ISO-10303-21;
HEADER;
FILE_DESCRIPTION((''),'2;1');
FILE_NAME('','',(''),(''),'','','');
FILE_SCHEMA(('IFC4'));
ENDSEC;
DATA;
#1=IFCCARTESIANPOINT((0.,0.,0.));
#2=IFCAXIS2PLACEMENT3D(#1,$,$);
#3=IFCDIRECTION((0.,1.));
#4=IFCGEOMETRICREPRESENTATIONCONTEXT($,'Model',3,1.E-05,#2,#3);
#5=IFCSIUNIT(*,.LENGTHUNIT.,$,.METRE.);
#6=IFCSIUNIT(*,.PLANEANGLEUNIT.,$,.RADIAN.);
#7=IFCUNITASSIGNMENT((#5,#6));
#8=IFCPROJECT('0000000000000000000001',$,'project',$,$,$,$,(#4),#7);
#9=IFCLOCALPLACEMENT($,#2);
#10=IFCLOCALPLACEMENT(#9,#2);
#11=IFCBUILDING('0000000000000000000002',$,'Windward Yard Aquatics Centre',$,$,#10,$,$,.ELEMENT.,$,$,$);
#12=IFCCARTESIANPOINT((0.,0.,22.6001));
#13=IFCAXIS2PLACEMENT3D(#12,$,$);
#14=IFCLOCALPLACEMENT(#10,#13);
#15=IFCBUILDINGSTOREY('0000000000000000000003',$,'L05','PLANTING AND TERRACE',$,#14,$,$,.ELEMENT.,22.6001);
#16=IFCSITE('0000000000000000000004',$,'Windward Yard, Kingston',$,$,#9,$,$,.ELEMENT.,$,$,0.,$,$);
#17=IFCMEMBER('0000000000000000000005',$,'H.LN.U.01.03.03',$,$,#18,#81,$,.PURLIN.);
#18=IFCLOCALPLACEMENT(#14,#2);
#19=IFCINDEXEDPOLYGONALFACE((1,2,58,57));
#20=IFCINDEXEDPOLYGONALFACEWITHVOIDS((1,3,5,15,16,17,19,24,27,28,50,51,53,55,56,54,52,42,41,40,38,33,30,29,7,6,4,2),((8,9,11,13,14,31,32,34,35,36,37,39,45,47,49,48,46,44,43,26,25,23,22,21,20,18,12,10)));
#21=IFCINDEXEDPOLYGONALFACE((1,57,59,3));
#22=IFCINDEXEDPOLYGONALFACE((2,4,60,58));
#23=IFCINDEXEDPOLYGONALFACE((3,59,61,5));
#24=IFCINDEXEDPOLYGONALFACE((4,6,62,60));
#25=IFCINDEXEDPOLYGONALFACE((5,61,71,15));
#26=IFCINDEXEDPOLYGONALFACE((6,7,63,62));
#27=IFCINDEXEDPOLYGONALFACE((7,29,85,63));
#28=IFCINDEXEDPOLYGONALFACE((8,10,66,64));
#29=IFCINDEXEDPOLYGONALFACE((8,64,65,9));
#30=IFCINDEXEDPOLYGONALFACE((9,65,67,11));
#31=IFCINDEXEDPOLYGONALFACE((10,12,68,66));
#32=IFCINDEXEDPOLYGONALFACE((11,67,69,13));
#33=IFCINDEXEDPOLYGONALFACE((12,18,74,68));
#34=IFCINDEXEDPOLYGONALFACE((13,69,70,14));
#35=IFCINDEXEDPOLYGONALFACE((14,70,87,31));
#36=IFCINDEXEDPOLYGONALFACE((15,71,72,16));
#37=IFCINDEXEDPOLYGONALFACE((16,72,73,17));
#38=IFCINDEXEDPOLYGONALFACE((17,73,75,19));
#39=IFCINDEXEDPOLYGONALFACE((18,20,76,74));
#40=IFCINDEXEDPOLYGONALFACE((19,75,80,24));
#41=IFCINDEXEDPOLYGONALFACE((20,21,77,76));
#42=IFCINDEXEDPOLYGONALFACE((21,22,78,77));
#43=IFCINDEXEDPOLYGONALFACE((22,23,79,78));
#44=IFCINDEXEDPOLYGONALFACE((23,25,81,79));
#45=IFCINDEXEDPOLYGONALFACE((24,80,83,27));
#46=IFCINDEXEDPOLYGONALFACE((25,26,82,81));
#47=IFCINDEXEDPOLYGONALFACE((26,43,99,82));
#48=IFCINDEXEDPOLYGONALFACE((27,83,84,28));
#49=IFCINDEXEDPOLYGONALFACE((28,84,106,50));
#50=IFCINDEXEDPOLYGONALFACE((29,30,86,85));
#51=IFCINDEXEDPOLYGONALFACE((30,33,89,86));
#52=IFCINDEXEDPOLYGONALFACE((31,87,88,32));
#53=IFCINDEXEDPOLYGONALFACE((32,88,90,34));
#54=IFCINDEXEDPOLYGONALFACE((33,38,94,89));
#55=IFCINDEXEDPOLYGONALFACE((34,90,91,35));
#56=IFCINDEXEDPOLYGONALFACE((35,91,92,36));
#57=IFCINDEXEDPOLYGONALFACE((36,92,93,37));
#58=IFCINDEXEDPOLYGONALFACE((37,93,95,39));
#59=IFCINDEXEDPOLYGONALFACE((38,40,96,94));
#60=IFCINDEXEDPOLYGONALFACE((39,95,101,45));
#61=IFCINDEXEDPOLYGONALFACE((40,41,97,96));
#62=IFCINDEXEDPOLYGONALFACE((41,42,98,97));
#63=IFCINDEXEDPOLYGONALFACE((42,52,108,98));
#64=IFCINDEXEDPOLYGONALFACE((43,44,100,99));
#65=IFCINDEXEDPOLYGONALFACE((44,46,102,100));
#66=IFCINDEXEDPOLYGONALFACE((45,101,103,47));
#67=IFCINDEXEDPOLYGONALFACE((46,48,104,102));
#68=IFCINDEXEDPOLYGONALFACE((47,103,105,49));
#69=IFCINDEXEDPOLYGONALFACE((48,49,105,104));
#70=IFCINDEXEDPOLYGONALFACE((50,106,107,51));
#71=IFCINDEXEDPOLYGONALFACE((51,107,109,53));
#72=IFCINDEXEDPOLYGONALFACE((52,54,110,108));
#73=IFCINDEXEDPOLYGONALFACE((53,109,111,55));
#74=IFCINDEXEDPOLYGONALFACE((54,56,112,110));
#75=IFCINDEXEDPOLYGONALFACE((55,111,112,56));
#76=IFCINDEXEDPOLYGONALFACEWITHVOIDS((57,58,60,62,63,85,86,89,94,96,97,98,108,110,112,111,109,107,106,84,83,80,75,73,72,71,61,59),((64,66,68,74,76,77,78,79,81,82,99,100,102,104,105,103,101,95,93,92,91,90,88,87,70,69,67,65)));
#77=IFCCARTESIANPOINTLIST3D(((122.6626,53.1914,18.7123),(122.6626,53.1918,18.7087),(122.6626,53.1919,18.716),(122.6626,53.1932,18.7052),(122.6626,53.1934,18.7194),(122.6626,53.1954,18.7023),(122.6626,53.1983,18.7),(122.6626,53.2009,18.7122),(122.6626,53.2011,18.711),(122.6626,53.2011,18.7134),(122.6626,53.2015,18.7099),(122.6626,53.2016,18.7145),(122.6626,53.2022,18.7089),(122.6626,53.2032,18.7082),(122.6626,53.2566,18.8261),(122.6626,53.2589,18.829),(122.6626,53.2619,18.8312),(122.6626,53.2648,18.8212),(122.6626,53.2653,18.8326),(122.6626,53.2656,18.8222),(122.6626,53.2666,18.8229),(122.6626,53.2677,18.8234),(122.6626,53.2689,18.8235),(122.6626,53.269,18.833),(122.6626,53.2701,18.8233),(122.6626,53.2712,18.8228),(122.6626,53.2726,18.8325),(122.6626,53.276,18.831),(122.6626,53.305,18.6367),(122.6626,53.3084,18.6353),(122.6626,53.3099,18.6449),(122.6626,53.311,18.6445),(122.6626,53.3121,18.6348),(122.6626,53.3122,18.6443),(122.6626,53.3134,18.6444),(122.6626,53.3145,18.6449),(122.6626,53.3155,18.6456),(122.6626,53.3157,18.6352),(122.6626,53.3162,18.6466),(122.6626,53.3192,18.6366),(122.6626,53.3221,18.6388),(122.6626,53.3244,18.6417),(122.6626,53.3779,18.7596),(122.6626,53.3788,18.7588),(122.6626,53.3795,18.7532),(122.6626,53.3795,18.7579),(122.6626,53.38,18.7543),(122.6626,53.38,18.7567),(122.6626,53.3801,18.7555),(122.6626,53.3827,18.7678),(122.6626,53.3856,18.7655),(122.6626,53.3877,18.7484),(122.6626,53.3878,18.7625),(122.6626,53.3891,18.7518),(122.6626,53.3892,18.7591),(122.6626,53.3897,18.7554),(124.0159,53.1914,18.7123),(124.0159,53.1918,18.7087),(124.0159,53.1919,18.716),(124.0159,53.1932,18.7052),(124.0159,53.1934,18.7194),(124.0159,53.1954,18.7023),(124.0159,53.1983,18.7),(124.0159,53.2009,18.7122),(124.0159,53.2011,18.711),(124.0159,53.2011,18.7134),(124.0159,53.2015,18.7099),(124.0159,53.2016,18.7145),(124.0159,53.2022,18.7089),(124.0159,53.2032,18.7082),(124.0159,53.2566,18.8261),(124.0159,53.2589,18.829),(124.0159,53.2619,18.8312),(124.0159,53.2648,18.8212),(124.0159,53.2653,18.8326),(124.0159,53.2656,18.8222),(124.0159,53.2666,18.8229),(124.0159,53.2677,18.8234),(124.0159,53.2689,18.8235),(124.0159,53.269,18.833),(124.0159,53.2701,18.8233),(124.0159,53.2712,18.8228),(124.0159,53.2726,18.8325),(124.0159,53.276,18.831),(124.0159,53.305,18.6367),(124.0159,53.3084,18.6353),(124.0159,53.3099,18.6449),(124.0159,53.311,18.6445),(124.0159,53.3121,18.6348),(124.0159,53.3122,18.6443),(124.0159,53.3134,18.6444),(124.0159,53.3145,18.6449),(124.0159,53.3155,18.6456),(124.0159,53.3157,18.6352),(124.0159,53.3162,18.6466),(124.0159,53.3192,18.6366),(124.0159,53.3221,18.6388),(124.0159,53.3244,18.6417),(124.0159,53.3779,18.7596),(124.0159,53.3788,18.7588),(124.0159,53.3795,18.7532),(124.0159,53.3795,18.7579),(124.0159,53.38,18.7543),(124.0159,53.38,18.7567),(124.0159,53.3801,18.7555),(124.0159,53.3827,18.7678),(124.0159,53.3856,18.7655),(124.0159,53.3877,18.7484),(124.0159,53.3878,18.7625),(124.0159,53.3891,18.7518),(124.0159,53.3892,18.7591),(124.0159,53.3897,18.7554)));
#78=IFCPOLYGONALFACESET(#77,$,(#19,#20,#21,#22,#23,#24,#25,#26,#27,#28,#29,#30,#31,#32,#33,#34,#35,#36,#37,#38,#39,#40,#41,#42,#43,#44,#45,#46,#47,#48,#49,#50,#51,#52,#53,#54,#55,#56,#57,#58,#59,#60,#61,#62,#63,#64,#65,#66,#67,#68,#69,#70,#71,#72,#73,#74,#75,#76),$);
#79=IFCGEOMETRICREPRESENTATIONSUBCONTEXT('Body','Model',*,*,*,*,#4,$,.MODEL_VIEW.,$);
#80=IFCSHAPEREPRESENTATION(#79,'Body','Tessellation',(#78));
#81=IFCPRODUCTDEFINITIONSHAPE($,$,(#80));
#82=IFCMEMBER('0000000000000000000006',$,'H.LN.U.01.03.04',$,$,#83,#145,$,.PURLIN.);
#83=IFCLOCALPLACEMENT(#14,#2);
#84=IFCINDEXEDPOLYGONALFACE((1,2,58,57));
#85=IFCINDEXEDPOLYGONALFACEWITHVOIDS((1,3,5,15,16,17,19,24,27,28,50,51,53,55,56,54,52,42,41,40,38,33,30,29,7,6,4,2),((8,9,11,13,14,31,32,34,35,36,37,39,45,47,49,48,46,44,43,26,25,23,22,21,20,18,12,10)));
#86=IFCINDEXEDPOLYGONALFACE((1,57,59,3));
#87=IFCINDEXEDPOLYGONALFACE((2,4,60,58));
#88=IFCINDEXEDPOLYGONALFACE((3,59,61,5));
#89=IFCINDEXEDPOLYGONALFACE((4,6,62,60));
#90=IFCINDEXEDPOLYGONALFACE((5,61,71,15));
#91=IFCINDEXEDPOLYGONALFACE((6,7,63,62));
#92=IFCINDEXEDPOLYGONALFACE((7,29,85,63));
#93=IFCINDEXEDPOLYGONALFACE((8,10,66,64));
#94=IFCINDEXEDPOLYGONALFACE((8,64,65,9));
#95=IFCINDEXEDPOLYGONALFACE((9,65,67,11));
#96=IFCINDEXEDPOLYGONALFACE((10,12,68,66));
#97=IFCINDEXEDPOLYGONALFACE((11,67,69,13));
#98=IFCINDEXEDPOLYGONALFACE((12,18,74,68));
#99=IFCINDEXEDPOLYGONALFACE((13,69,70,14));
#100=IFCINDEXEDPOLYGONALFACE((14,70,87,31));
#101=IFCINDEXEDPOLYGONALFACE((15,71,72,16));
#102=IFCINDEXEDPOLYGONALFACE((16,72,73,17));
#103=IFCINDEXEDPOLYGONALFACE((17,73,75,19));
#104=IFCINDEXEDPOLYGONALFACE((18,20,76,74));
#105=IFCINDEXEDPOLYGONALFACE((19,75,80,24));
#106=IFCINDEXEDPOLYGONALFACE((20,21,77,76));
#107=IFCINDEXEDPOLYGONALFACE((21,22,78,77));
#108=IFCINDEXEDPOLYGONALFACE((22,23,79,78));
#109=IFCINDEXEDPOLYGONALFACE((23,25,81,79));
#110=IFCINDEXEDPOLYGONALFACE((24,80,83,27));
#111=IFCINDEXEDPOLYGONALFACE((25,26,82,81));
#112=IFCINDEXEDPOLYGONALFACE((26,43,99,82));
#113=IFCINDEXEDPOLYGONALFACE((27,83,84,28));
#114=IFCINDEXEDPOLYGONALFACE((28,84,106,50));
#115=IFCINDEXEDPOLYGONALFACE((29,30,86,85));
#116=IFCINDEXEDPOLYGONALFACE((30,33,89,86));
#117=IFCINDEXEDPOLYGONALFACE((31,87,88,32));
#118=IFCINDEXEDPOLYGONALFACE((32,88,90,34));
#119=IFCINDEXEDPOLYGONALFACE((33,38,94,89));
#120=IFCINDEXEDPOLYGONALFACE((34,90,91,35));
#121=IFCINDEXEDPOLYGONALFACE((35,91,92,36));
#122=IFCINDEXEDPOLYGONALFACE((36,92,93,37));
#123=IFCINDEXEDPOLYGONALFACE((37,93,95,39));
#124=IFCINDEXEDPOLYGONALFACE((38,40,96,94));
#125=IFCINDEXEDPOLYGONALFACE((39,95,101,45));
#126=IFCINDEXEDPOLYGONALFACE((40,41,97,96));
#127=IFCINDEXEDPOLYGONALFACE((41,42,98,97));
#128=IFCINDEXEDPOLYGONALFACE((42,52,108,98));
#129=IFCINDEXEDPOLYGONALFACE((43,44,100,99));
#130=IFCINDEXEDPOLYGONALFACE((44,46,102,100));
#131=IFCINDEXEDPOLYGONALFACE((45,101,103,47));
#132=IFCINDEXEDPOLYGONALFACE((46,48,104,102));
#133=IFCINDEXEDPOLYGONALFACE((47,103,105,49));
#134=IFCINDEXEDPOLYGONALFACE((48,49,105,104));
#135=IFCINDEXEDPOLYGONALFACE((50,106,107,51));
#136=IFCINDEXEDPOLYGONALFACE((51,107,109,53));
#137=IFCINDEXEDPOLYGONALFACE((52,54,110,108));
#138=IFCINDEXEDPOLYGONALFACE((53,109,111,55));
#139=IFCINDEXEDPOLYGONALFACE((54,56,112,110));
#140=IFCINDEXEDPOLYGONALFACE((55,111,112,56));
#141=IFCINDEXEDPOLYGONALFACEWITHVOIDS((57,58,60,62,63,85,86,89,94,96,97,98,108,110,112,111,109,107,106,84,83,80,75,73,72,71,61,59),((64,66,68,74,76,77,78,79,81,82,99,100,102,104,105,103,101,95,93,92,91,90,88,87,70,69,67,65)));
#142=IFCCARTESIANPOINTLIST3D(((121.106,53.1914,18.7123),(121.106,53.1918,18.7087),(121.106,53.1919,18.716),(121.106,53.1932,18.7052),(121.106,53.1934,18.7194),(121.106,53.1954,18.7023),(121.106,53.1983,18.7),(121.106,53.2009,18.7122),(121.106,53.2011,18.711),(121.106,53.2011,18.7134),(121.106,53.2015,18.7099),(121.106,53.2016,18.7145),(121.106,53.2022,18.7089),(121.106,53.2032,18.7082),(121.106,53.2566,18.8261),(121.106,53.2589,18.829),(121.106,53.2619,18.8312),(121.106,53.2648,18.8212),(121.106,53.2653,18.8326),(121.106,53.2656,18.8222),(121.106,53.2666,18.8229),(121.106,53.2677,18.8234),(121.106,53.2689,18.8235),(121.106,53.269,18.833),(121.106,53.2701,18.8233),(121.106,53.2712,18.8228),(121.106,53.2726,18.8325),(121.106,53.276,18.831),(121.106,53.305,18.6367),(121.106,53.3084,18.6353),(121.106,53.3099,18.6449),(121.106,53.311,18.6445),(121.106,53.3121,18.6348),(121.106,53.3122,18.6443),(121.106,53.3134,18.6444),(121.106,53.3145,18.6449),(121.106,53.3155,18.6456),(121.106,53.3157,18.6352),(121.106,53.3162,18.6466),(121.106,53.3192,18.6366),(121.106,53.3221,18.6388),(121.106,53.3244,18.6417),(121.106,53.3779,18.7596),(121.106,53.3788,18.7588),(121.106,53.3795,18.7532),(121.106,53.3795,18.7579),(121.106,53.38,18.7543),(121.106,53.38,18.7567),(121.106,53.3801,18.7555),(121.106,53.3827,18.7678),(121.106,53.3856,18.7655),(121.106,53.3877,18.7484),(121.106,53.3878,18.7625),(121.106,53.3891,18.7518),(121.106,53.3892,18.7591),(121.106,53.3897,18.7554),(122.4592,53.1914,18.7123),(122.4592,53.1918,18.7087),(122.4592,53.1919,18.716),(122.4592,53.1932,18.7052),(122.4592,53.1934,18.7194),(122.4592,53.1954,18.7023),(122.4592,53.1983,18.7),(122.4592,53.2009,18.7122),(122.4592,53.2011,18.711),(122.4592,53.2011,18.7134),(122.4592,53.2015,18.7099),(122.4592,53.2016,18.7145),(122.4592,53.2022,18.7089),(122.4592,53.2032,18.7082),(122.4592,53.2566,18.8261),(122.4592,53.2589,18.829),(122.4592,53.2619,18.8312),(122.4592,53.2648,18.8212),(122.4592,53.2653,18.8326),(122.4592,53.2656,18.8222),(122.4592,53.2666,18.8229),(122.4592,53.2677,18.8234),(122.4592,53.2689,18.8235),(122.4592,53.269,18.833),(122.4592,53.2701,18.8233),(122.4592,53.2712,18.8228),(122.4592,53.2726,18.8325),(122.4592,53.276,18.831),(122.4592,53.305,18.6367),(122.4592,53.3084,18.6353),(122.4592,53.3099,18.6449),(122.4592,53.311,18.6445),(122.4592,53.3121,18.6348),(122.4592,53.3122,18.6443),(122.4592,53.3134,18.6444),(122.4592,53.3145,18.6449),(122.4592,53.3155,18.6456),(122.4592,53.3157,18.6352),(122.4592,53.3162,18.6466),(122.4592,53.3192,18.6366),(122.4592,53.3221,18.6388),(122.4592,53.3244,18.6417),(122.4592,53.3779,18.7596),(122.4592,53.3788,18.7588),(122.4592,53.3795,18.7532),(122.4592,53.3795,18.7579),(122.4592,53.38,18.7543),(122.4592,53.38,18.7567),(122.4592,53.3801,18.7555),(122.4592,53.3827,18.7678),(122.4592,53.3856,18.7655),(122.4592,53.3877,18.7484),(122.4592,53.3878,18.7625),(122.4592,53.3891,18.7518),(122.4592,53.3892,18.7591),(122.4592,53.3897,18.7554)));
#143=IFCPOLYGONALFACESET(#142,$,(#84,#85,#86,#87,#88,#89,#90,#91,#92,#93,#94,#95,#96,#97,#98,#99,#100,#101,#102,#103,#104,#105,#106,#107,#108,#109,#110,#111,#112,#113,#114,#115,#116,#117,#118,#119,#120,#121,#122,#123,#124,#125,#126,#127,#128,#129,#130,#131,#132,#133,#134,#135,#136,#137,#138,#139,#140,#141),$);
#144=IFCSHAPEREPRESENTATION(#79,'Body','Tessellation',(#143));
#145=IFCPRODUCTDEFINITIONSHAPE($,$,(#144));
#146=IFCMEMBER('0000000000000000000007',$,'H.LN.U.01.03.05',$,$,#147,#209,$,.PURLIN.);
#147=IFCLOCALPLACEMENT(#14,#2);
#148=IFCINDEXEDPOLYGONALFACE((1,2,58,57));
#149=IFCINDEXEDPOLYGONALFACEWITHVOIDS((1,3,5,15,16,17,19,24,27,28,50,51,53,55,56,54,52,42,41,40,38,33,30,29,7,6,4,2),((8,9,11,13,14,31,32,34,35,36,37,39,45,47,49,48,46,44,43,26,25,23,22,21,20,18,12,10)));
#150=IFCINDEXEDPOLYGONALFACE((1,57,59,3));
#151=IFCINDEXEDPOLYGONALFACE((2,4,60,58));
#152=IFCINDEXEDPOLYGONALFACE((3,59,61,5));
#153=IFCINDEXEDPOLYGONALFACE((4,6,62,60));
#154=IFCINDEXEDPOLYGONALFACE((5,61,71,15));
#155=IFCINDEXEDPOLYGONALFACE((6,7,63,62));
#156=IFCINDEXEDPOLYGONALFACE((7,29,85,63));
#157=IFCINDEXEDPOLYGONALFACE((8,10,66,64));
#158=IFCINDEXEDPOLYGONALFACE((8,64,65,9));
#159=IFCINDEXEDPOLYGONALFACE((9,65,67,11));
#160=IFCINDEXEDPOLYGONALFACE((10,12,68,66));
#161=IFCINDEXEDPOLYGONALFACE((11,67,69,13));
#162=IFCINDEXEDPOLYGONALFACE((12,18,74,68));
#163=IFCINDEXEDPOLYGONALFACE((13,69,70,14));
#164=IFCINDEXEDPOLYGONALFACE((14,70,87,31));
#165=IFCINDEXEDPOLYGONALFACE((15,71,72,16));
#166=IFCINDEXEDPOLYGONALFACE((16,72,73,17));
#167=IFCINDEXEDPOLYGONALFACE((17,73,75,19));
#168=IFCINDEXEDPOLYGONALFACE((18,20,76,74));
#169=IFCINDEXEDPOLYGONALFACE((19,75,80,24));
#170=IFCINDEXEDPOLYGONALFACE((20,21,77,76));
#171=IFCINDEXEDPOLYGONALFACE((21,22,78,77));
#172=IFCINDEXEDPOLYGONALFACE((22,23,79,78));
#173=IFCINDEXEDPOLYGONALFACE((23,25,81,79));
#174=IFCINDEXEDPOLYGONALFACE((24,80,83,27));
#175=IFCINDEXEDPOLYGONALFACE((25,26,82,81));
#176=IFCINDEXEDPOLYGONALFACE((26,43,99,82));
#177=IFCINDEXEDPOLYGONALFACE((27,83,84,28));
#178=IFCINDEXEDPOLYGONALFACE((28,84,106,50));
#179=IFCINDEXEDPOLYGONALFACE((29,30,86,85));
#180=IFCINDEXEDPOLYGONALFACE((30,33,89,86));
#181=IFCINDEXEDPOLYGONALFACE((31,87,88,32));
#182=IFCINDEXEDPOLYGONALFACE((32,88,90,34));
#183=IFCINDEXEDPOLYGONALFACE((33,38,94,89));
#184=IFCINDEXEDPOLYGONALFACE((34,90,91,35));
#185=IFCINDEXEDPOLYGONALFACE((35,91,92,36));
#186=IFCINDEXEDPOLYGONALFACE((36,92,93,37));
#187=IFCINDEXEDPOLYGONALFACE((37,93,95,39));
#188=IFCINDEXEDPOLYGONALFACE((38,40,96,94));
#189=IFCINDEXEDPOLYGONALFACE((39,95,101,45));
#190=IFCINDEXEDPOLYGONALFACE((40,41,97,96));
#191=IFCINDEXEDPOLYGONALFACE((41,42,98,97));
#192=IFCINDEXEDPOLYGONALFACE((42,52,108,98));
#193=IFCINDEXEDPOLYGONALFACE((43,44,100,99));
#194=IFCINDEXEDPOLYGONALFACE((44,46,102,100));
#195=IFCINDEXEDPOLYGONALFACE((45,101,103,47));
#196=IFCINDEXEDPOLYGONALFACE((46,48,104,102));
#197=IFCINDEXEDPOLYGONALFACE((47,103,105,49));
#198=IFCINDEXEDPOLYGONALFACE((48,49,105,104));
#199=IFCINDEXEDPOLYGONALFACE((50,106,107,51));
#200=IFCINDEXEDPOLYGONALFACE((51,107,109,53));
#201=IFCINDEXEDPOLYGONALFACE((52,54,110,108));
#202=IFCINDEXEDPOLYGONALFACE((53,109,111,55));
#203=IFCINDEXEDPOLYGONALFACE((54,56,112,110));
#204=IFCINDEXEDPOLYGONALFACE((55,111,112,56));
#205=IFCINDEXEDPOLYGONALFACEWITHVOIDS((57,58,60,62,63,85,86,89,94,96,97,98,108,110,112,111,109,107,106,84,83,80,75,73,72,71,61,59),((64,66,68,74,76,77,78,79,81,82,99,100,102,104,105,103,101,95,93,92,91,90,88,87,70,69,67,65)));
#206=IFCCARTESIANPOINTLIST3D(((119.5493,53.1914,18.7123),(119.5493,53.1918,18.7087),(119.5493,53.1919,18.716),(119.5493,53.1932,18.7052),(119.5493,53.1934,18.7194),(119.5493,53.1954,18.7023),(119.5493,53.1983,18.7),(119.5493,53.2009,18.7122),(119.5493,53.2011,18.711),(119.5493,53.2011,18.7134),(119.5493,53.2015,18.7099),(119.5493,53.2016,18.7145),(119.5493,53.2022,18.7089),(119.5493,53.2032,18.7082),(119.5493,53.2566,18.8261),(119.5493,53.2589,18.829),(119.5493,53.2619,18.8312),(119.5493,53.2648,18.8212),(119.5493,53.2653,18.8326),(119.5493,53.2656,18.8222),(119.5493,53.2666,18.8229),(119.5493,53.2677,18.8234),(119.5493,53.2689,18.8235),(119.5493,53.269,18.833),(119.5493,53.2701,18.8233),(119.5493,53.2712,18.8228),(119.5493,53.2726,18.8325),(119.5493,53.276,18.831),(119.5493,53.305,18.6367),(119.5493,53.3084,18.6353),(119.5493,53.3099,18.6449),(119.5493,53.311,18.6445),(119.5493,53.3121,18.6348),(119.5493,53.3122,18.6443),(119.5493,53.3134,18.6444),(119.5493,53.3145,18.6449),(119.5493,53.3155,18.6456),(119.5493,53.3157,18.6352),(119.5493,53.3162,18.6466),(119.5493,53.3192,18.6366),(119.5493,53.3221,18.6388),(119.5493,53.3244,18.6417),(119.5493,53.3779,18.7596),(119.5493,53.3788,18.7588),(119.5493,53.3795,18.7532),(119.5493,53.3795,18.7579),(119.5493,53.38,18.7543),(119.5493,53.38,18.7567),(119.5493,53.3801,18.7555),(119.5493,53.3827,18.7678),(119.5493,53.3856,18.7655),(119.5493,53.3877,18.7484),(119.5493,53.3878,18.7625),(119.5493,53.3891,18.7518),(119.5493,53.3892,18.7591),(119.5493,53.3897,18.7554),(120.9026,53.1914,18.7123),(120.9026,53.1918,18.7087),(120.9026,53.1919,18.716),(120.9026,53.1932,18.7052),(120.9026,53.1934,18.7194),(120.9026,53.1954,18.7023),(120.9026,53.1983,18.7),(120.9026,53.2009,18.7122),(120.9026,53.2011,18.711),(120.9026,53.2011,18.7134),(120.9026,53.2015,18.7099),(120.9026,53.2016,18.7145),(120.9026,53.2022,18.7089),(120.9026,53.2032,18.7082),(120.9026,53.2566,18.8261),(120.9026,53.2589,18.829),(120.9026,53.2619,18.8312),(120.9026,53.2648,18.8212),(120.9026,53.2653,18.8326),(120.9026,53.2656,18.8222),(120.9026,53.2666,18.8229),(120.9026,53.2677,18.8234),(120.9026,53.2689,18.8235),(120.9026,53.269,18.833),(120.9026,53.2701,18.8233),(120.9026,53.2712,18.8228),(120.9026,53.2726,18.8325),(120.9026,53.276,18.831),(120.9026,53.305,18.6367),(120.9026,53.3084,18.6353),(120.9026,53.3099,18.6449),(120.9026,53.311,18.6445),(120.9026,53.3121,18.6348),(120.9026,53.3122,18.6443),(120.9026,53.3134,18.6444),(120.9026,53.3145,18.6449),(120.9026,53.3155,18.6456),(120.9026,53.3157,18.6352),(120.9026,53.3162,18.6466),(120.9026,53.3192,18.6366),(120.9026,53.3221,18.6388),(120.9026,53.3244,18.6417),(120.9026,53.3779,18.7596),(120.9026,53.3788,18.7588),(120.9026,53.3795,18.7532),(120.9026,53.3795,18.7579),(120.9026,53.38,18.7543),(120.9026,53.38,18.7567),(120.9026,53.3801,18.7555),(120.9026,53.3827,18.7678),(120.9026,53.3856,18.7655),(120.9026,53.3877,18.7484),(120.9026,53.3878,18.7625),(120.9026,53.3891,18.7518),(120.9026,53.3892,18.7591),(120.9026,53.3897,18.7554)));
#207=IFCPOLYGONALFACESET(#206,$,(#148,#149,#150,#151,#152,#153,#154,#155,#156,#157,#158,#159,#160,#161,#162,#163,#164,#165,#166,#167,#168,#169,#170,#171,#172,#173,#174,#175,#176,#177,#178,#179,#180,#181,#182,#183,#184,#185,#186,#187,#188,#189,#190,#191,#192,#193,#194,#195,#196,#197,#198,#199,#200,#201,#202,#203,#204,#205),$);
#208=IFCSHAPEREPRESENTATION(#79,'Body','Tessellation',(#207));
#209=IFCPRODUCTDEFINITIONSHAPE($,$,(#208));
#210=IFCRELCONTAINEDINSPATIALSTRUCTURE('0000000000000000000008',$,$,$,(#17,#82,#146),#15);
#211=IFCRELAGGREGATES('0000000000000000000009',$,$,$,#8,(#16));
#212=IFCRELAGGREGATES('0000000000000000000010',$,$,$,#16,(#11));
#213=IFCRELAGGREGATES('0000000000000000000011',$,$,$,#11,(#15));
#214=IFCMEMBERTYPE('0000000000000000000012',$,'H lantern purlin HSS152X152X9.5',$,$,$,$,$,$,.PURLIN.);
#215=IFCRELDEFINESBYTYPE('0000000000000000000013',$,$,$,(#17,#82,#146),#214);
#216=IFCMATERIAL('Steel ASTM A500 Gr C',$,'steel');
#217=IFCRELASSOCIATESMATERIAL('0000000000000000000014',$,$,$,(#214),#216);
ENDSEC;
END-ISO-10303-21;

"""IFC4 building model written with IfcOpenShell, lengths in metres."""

from ifc_helpers import new_model, si_unit, direction, frame, origin, origin_2d, place, context, subcontext, project, spatial, hollow_rectangle, extrude, material, material_profile, profile_set, type_object, element, save


model = new_model("IFC4")

# Units and contexts
model_context = context("Model", 3, precision=1e-05, world=origin(), true_north=direction((0.0, 1.0)))
body_context = subcontext(model_context, "Body", "Model", "MODEL_VIEW")
ifc_project = project(units=[si_unit("LENGTHUNIT", "METRE"), si_unit("PLANEANGLEUNIT", "RADIAN")], contexts=[model_context])

# Site, building, storey
site_placement = place(None, origin())
site = spatial("IfcSite", under=ifc_project, at=site_placement, Name="Windward Yard, Kingston", CompositionType="ELEMENT", RefElevation=0.0)
building_placement = place(site_placement, origin())
building = spatial("IfcBuilding", under=site, at=building_placement, Name="Windward Yard Aquatics Centre", CompositionType="ELEMENT")
storey_placement = place(building_placement, frame((0.0, 0.0, 22.6001)))
storey = spatial("IfcBuildingStorey", under=building, at=storey_placement, Name="L05", Description="PLANTING AND TERRACE", CompositionType="ELEMENT", Elevation=22.6001)

# Members
ifc_material_1 = material(Name="Steel ASTM A500 Gr C", Category="steel")
ifc_material_profile = material_profile(ifc_material_1, hollow_rectangle(XDim=0.1523, YDim=0.1523, WallThickness=0.0095, InnerFilletRadius=0.0046, OuterFilletRadius=0.0142, at=origin_2d()), Name="HSS152X152X9.5")
ifc_profile_set = profile_set([ifc_material_profile], Name="Steel ASTM A500 Gr C")
member_type = type_object("IfcMemberType", Name="H lantern purlin HSS152X152X9.5", PredefinedType="PURLIN", material=ifc_profile_set)
for number, where, z_axis, x_axis, name in (
    (1, (124.0159, 53.2905, 18.7339), (-1.0, 0.0, 0.0), (0.0, -0.51012, -0.860103), "H.LN.U.01.03.03"),
    (2, (122.4592, 53.2905, 18.7339), (-1.0, 0.0, 0.0), (0.0, -0.51012, -0.860103), "H.LN.U.01.03.04"),
    (3, (120.9026, 53.2905, 18.7339), (-1.0, 0.0, 0.0), (0.0, -0.51012, -0.860103), "H.LN.U.01.03.05"),
):
    element("IfcMember", number, at=place(storey_placement, frame(where, z_axis=z_axis, x_axis=x_axis)), inside=storey, type_object=member_type, Name=name, PredefinedType="PURLIN", context=body_context, shape_type="SweptSolid", body=[
        extrude(hollow_rectangle(XDim=0.1523, YDim=0.1523, WallThickness=0.0095, InnerFilletRadius=0.0046, OuterFilletRadius=0.0142, at=origin_2d()), origin(), (0.0, 0.0, 1.0), 1.3533),
    ])

save(model, "model.ifc")
